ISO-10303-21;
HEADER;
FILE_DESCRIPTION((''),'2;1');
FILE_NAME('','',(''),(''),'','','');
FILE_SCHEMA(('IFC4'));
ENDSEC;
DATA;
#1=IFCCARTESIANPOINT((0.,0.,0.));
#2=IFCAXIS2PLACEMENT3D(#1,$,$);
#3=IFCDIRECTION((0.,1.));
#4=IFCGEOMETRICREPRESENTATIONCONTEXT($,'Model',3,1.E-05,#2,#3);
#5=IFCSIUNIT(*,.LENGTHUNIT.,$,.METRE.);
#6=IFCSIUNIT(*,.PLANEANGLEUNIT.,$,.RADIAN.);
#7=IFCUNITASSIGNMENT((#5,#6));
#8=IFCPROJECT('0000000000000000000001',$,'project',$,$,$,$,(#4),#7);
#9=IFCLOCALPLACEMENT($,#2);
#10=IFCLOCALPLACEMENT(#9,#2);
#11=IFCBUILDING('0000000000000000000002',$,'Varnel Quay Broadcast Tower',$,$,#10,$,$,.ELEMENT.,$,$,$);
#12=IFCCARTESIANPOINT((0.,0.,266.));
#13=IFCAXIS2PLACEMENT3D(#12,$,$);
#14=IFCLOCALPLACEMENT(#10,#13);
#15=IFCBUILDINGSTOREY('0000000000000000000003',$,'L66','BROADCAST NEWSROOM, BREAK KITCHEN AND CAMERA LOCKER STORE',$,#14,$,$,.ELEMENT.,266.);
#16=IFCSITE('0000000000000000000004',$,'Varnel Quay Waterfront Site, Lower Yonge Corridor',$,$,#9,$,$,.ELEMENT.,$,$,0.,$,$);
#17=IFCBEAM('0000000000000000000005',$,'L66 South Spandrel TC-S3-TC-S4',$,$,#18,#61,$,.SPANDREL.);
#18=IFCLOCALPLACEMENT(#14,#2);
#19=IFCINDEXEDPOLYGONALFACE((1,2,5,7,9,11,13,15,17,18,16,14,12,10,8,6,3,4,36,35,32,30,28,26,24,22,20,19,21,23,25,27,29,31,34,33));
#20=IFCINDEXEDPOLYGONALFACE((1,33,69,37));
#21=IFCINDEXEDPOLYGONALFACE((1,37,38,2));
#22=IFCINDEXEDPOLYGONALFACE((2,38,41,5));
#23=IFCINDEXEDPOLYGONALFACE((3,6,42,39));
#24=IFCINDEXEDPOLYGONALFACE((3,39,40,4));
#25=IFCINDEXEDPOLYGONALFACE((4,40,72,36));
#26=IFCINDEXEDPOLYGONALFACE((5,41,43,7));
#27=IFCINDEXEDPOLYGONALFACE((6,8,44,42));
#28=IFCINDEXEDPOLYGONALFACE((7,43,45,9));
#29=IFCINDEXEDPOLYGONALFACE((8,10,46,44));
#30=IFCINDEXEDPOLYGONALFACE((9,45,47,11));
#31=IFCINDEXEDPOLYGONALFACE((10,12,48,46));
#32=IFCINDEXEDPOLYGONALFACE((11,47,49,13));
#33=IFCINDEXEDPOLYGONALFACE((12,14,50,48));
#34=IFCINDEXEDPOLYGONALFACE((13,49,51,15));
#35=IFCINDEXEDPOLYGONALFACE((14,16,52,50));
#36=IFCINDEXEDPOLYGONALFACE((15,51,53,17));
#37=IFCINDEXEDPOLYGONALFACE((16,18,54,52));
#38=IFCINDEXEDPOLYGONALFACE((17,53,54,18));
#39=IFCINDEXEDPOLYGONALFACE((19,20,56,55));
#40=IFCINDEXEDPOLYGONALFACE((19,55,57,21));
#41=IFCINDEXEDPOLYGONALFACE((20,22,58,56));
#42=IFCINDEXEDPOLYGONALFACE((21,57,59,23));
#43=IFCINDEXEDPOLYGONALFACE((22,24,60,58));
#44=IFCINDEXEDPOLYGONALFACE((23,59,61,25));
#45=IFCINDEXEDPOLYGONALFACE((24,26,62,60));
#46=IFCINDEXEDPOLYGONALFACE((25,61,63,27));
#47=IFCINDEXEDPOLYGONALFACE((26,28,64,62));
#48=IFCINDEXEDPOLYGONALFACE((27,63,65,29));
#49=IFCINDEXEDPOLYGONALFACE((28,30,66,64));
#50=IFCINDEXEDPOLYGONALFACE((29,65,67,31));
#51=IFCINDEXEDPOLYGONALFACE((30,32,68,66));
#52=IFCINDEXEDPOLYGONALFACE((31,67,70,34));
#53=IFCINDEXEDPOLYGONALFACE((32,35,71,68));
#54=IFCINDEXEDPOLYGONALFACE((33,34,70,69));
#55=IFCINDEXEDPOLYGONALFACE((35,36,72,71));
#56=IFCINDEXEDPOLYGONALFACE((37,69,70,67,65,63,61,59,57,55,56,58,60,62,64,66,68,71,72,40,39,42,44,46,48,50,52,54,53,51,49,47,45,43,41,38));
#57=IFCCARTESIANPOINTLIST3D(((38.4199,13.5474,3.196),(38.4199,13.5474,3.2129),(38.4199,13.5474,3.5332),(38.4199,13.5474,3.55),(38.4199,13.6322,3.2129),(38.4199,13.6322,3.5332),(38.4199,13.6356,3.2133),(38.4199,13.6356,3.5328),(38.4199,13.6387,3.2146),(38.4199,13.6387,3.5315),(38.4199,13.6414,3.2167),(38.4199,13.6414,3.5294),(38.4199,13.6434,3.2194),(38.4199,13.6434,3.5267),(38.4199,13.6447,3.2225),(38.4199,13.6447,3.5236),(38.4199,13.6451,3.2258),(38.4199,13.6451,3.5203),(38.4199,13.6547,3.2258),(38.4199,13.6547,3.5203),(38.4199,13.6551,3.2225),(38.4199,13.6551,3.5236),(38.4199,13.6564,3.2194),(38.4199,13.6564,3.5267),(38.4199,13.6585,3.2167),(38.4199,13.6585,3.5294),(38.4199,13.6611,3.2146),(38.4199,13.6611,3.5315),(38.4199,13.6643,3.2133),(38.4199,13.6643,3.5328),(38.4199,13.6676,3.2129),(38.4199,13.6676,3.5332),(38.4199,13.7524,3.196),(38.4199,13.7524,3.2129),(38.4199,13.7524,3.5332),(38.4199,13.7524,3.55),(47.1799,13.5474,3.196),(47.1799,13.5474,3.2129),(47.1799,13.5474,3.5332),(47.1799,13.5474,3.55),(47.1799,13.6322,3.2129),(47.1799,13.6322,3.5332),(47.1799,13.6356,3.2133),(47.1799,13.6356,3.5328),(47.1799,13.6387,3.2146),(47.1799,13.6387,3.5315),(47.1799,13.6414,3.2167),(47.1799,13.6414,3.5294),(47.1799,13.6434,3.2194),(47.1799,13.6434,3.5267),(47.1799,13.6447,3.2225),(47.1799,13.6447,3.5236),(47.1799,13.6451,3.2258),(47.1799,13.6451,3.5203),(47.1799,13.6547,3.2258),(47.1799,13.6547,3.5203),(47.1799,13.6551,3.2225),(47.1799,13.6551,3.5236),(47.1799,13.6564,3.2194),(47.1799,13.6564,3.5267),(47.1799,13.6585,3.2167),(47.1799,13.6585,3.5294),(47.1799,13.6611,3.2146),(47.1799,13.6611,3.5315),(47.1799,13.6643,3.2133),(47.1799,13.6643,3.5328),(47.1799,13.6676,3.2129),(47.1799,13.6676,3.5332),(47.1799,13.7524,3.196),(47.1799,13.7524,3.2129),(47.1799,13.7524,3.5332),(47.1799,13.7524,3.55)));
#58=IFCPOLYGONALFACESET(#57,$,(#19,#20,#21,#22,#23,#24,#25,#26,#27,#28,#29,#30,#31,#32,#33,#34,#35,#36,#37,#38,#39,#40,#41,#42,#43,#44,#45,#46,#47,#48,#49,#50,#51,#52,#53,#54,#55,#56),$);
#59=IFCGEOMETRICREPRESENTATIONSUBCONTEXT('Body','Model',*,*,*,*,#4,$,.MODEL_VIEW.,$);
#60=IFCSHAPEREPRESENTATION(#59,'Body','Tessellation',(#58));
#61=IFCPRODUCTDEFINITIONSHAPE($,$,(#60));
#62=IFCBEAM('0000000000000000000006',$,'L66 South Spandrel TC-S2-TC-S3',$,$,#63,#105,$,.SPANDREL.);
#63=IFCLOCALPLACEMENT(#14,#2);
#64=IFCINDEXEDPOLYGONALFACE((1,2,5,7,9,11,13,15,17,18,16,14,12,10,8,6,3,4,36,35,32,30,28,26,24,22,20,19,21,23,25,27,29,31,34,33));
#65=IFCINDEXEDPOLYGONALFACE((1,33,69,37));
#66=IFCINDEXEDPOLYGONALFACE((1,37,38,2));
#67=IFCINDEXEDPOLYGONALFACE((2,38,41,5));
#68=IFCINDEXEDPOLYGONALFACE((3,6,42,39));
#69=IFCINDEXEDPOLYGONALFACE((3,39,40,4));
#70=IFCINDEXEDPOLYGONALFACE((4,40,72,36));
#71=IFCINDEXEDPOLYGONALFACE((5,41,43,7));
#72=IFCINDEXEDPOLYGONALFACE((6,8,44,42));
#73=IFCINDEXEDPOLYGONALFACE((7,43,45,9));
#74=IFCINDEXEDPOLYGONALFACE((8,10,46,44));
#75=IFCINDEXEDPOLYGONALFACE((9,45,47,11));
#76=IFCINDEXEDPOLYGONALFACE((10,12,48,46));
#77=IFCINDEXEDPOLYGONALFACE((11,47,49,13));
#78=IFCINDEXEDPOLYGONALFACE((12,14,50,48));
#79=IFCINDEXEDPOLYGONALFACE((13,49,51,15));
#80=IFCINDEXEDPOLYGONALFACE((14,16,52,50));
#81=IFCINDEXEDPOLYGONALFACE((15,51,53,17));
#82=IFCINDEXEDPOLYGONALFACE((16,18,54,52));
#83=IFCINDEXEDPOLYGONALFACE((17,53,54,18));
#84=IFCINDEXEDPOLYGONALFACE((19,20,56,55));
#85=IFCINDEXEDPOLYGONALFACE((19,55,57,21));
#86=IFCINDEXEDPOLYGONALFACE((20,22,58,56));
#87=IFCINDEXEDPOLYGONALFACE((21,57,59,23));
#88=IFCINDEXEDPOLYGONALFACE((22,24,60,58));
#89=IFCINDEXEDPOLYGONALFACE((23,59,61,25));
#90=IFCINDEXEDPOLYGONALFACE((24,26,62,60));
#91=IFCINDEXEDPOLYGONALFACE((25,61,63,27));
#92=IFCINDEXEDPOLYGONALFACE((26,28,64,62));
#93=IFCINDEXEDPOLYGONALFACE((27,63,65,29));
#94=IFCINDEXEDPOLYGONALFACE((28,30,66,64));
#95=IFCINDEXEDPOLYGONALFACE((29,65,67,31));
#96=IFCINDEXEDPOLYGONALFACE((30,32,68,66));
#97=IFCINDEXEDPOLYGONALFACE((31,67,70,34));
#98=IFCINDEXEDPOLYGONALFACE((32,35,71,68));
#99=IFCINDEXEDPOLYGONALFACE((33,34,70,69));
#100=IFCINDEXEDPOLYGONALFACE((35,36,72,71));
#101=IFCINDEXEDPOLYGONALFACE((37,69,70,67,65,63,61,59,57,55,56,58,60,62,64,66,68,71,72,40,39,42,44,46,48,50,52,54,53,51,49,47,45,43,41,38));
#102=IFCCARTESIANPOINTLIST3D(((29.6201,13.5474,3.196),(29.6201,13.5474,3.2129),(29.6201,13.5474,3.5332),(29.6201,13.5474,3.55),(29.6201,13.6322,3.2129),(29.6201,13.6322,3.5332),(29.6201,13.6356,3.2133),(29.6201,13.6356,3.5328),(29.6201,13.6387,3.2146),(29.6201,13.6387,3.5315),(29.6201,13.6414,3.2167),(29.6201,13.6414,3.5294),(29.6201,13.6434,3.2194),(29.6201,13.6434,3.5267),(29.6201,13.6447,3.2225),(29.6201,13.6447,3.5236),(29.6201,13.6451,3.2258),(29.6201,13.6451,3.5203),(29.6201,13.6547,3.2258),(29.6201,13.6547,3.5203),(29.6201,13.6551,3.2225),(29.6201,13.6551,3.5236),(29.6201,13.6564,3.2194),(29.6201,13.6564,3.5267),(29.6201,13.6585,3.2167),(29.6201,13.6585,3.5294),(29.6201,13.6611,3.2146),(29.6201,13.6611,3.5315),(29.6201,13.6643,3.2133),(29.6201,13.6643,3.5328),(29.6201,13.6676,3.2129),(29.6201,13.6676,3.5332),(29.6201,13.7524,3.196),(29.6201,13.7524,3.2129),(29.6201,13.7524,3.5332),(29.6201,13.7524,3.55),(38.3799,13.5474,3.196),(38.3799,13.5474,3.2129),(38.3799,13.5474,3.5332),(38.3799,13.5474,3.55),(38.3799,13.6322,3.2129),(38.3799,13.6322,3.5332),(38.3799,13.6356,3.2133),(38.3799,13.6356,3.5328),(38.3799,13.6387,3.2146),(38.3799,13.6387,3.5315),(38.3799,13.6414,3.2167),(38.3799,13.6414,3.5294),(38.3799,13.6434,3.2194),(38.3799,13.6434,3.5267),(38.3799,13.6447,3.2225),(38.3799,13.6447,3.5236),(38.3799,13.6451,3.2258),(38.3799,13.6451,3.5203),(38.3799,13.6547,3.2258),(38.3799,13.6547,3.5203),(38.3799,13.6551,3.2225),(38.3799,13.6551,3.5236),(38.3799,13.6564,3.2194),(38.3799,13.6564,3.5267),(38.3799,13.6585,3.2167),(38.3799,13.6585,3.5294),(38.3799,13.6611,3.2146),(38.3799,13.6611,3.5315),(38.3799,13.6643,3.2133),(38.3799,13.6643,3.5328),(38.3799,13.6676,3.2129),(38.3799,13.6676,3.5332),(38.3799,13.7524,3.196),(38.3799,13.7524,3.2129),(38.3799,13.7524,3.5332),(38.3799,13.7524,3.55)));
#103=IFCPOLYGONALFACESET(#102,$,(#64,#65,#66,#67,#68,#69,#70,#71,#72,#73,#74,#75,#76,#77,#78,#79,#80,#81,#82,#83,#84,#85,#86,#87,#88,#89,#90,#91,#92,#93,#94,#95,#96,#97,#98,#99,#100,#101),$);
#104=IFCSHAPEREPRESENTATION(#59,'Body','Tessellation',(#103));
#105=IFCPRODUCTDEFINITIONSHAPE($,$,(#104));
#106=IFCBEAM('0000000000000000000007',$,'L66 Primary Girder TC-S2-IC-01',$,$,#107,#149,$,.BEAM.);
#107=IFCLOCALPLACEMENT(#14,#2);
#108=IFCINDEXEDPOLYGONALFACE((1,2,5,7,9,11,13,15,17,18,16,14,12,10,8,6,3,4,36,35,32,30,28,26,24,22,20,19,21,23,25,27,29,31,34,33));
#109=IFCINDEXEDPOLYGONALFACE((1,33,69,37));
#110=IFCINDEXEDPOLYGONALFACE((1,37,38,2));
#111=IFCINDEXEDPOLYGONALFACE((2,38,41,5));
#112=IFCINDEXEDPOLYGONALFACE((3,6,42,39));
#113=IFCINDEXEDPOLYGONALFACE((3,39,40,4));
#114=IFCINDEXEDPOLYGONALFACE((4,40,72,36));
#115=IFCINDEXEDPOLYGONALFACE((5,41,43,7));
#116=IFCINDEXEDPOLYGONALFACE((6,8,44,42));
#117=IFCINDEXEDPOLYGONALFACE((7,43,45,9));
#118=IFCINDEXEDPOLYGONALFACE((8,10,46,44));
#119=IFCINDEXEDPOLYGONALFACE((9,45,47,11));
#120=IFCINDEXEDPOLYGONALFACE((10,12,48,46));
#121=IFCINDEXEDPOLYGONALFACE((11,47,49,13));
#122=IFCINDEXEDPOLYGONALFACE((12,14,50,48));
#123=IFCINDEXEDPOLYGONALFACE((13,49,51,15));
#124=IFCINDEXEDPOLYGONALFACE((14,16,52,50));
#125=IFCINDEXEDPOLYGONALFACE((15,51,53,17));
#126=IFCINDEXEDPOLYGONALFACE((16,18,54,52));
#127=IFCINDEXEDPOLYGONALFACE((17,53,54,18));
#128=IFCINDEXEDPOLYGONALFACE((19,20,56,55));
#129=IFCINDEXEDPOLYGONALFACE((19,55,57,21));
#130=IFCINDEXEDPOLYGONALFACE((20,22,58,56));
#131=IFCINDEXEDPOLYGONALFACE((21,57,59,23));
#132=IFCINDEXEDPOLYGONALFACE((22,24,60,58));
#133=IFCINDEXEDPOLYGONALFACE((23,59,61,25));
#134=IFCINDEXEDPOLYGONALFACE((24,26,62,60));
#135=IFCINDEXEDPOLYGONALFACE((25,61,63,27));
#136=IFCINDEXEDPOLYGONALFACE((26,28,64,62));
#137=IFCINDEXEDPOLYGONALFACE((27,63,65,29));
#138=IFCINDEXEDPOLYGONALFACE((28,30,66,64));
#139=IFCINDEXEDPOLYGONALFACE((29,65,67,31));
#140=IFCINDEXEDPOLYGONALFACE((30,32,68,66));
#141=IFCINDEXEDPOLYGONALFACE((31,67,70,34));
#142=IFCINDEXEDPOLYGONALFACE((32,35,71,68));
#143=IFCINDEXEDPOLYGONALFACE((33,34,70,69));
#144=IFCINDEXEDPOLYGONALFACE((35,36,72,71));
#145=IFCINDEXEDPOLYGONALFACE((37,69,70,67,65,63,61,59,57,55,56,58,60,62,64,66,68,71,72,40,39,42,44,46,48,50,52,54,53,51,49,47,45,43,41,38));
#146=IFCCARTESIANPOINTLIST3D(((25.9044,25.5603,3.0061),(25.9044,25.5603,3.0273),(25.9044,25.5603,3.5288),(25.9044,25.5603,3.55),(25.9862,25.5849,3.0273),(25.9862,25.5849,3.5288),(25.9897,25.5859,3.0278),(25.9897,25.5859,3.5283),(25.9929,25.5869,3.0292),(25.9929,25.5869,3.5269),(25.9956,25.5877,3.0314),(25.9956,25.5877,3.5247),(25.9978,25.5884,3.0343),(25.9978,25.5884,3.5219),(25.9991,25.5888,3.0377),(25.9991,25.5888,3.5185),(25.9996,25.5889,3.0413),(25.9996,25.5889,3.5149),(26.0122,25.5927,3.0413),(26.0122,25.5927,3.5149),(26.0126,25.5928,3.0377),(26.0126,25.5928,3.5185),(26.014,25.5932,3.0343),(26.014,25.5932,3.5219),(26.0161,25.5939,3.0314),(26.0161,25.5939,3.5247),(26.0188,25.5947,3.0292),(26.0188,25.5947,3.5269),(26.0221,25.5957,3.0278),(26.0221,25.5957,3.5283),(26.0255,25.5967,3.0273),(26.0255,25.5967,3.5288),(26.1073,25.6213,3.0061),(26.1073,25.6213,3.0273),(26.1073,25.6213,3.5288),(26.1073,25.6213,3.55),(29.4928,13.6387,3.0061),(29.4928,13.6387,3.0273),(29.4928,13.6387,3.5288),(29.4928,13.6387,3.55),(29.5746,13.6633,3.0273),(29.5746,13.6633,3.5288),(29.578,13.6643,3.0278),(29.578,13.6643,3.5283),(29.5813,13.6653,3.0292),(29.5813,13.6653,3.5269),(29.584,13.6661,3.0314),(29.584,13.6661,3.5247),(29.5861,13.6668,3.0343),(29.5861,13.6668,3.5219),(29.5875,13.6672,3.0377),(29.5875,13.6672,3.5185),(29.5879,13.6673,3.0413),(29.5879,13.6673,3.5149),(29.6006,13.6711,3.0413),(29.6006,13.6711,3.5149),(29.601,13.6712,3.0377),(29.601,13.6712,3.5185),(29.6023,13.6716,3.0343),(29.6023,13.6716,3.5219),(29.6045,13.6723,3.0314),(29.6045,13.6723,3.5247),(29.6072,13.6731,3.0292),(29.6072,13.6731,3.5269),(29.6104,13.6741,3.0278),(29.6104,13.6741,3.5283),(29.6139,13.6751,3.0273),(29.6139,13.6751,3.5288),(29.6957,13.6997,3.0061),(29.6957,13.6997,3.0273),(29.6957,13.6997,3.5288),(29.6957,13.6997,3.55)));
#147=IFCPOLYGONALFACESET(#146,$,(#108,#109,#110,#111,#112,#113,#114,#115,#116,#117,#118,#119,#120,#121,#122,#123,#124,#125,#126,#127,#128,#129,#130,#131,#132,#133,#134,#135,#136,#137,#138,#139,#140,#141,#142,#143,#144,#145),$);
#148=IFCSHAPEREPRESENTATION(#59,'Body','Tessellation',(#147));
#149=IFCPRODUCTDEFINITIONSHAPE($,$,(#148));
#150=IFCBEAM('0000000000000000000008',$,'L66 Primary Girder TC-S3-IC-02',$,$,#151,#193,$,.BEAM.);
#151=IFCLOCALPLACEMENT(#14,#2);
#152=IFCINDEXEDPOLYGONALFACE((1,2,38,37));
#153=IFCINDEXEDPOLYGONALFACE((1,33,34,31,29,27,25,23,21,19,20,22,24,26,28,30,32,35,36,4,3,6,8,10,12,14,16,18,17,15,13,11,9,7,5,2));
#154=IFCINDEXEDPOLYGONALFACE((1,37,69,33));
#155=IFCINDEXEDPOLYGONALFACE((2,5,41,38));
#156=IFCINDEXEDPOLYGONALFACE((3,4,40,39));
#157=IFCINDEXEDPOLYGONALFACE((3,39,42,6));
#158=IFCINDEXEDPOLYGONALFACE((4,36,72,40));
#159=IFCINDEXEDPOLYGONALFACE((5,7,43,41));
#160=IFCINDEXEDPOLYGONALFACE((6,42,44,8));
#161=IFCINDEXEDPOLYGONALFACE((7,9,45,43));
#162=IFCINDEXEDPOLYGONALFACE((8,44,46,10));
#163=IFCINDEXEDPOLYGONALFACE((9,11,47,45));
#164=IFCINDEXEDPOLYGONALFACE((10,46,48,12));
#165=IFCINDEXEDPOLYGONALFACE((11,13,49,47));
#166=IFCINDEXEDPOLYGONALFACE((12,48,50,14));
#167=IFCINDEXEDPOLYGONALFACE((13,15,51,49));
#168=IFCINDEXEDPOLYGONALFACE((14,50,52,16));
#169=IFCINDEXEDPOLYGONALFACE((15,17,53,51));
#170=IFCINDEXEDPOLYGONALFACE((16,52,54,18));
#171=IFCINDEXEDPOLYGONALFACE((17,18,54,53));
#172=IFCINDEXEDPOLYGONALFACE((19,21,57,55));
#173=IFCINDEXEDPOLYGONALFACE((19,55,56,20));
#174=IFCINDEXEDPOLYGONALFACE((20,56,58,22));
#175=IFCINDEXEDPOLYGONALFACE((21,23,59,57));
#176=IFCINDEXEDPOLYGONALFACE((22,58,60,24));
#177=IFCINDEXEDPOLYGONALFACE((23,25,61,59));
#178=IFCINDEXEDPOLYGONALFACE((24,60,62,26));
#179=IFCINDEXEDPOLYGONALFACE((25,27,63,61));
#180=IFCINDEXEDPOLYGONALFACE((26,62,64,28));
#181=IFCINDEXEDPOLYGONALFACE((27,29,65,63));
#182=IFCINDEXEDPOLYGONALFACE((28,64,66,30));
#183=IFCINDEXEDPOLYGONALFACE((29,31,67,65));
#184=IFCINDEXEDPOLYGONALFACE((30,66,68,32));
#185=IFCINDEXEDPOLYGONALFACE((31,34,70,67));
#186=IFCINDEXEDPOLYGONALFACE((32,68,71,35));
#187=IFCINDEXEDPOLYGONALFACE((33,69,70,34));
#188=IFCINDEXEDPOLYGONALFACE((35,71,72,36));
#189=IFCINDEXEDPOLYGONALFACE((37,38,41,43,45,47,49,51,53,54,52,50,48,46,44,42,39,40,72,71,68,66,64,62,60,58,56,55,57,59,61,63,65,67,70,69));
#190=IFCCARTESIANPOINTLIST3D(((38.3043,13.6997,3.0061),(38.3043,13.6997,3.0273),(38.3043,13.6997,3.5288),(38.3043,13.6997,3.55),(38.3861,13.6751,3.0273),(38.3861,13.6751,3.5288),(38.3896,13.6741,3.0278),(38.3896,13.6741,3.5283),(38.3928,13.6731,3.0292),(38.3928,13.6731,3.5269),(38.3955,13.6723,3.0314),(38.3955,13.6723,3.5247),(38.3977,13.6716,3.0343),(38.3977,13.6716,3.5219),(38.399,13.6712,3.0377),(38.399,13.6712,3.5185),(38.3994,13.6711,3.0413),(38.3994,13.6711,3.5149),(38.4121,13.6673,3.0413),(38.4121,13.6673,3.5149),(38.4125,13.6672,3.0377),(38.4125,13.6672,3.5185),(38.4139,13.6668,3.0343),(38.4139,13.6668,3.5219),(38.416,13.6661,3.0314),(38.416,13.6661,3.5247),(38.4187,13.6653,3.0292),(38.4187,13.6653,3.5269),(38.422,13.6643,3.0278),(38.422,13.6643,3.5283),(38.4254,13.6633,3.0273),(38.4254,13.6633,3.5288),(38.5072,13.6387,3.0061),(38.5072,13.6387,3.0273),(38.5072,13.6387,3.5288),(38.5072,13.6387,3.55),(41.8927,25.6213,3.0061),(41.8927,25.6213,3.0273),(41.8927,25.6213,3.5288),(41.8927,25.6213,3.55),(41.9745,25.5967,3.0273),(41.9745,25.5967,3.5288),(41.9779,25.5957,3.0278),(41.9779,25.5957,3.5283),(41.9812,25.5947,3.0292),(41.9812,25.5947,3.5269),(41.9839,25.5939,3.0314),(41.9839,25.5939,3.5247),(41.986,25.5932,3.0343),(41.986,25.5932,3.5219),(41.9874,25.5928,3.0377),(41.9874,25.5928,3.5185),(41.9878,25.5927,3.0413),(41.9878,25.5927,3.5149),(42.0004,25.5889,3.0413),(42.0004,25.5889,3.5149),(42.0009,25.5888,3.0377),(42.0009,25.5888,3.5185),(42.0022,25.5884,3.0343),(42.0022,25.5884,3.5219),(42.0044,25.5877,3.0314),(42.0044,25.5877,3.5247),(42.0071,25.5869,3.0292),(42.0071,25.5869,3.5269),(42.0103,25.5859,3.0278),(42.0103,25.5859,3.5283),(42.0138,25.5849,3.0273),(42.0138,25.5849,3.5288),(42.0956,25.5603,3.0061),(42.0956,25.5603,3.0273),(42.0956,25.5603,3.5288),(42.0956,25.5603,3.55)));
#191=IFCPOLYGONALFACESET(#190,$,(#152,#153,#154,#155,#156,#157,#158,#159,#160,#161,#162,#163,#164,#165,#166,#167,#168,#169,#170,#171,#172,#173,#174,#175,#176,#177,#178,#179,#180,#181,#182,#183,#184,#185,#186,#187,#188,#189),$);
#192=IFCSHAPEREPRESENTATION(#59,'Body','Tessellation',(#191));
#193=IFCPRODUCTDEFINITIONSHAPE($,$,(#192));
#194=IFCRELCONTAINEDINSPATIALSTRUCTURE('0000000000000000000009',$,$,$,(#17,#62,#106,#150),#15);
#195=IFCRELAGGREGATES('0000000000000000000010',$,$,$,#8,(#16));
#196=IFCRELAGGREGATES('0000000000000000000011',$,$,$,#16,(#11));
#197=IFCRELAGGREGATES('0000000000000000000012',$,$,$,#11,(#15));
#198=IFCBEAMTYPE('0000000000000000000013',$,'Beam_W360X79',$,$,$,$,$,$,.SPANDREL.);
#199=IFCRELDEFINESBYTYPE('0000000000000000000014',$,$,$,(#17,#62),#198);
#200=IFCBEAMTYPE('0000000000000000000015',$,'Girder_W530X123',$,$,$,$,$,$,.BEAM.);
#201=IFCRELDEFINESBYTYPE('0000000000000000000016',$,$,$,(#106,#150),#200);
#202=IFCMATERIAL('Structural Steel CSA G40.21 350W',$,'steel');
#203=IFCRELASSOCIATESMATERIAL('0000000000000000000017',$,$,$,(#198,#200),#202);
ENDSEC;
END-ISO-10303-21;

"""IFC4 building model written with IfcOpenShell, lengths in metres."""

from ifc_helpers import new_model, si_unit, direction, frame, origin, origin_2d, place, context, subcontext, project, spatial, i_section, extrude, source, transform, mapped, material, material_profile, profile_set, type_object, type_shapes, element, save


model = new_model("IFC4")

# Units and contexts
model_context = context("Model", 3, precision=1e-05, world=origin(), true_north=direction((0.0, 1.0)))
body_context = subcontext(model_context, "Body", "Model", "MODEL_VIEW")
ifc_project = project(units=[si_unit("LENGTHUNIT", "METRE"), si_unit("PLANEANGLEUNIT", "RADIAN")], contexts=[model_context])

# Site, building, storey
site_placement = place(None, origin())
site = spatial("IfcSite", under=ifc_project, at=site_placement, Name="Varnel Quay Waterfront Site, Lower Yonge Corridor", CompositionType="ELEMENT", RefElevation=0.0)
building_placement = place(site_placement, origin())
building = spatial("IfcBuilding", under=site, at=building_placement, Name="Varnel Quay Broadcast Tower", CompositionType="ELEMENT")
storey_placement = place(building_placement, frame((0.0, 0.0, 266.0)))
storey = spatial("IfcBuildingStorey", under=building, at=storey_placement, Name="L66", Description="BROADCAST NEWSROOM, BREAK KITCHEN AND CAMERA LOCKER STORE", CompositionType="ELEMENT", Elevation=266.0)

# Shared definitions
ifc_material_1 = material(Name="Structural Steel CSA G40.21 350W", Category="steel")

# Beams
ifc_material_profile_1 = material_profile(ifc_material_1, i_section(OverallWidth=0.2051, OverallDepth=0.354, WebThickness=0.0095, FlangeThickness=0.0168, FilletRadius=0.0129, at=origin_2d()), Name="W360X79")
ifc_profile_set_1 = profile_set([ifc_material_profile_1], Name="Structural Steel CSA G40.21 350W")
beam_type_1 = type_object("IfcBeamType", Name="Beam_W360X79", PredefinedType="SPANDREL", material=ifc_profile_set_1)
shared_shape_1 = source(origin(), body_context, "Body", "SweptSolid", [
    extrude(i_section(OverallWidth=0.2051, OverallDepth=0.354, WebThickness=0.0095, FlangeThickness=0.0168, FilletRadius=0.0129, at=origin_2d()), origin(), (0.0, 0.0, 1.0), 8.76),
])
beam_1_placement = place(storey_placement, frame((38.4199, 13.6499, 3.373), z_axis=(1.0, 0.0, 0.0), x_axis=(0.0, 1.0, 0.0)))
element("IfcBeam", 1, at=beam_1_placement, inside=storey, type_object=beam_type_1, Name="L66 South Spandrel TC-S3-TC-S4", PredefinedType="SPANDREL", context=body_context, shape_type="MappedRepresentation", body=[
    mapped(shared_shape_1, transform((0.0, 0.0, 0.0), x_axis=(1.0, 0.0, 0.0), y_axis=(0.0, 1.0, 0.0), z_axis=(0.0, 0.0, 1.0), scale=1.0)),
])
shared_shape_2 = source(origin(), body_context, "Body", "SweptSolid", [
    extrude(i_section(OverallWidth=0.2051, OverallDepth=0.354, WebThickness=0.0095, FlangeThickness=0.0168, FilletRadius=0.0129, at=origin_2d()), origin(), (0.0, 0.0, 1.0), 8.7598),
])
type_shapes(beam_type_1, [shared_shape_1, shared_shape_2])
beam_2_placement = place(storey_placement, frame((29.6201, 13.6499, 3.373), z_axis=(1.0, 0.0, 0.0), x_axis=(0.0, 1.0, 0.0)))
element("IfcBeam", 2, at=beam_2_placement, inside=storey, type_object=beam_type_1, Name="L66 South Spandrel TC-S2-TC-S3", PredefinedType="SPANDREL", context=body_context, shape_type="MappedRepresentation", body=[
    mapped(shared_shape_2, transform((0.0, 0.0, 0.0), x_axis=(1.0, 0.0, 0.0), y_axis=(0.0, 1.0, 0.0), z_axis=(0.0, 0.0, 1.0), scale=1.0)),
])
ifc_material_profile_2 = material_profile(ifc_material_1, i_section(OverallWidth=0.2119, OverallDepth=0.5439, WebThickness=0.0132, FlangeThickness=0.0212, FilletRadius=0.0139, at=origin_2d()), Name="W530X123")
ifc_profile_set_2 = profile_set([ifc_material_profile_2], Name="Structural Steel CSA G40.21 350W")
beam_type_2 = type_object("IfcBeamType", Name="Girder_W530X123", PredefinedType="BEAM", material=ifc_profile_set_2)
shared_shape_3 = source(origin(), body_context, "Body", "SweptSolid", [
    extrude(i_section(OverallWidth=0.2119, OverallDepth=0.5439, WebThickness=0.0132, FlangeThickness=0.0212, FilletRadius=0.0139, at=origin_2d()), origin(), (0.0, 0.0, 1.0), 12.45),
])
for number, where, z_axis, x_axis, name in (
    (3, (29.5942, 13.6692, 3.2781), (-0.288224, 0.957563, 0.0), (-0.957563, -0.288224, 0.0), "L66 Primary Girder TC-S2-IC-01"),
    (4, (38.4058, 13.6692, 3.2781), (0.288224, 0.957563, 0.0), (-0.957563, 0.288224, 0.0), "L66 Primary Girder TC-S3-IC-02"),
):
    element("IfcBeam", number, at=place(storey_placement, frame(where, z_axis=z_axis, x_axis=x_axis)), inside=storey, type_object=beam_type_2, Name=name, PredefinedType="BEAM", context=body_context, shape_type="MappedRepresentation", body=[
        mapped(shared_shape_3, transform((0.0, 0.0, 0.0), x_axis=(1.0, 0.0, 0.0), y_axis=(0.0, 1.0, 0.0), z_axis=(0.0, 0.0, 1.0), scale=1.0)),
    ])

save(model, "model.ifc")
